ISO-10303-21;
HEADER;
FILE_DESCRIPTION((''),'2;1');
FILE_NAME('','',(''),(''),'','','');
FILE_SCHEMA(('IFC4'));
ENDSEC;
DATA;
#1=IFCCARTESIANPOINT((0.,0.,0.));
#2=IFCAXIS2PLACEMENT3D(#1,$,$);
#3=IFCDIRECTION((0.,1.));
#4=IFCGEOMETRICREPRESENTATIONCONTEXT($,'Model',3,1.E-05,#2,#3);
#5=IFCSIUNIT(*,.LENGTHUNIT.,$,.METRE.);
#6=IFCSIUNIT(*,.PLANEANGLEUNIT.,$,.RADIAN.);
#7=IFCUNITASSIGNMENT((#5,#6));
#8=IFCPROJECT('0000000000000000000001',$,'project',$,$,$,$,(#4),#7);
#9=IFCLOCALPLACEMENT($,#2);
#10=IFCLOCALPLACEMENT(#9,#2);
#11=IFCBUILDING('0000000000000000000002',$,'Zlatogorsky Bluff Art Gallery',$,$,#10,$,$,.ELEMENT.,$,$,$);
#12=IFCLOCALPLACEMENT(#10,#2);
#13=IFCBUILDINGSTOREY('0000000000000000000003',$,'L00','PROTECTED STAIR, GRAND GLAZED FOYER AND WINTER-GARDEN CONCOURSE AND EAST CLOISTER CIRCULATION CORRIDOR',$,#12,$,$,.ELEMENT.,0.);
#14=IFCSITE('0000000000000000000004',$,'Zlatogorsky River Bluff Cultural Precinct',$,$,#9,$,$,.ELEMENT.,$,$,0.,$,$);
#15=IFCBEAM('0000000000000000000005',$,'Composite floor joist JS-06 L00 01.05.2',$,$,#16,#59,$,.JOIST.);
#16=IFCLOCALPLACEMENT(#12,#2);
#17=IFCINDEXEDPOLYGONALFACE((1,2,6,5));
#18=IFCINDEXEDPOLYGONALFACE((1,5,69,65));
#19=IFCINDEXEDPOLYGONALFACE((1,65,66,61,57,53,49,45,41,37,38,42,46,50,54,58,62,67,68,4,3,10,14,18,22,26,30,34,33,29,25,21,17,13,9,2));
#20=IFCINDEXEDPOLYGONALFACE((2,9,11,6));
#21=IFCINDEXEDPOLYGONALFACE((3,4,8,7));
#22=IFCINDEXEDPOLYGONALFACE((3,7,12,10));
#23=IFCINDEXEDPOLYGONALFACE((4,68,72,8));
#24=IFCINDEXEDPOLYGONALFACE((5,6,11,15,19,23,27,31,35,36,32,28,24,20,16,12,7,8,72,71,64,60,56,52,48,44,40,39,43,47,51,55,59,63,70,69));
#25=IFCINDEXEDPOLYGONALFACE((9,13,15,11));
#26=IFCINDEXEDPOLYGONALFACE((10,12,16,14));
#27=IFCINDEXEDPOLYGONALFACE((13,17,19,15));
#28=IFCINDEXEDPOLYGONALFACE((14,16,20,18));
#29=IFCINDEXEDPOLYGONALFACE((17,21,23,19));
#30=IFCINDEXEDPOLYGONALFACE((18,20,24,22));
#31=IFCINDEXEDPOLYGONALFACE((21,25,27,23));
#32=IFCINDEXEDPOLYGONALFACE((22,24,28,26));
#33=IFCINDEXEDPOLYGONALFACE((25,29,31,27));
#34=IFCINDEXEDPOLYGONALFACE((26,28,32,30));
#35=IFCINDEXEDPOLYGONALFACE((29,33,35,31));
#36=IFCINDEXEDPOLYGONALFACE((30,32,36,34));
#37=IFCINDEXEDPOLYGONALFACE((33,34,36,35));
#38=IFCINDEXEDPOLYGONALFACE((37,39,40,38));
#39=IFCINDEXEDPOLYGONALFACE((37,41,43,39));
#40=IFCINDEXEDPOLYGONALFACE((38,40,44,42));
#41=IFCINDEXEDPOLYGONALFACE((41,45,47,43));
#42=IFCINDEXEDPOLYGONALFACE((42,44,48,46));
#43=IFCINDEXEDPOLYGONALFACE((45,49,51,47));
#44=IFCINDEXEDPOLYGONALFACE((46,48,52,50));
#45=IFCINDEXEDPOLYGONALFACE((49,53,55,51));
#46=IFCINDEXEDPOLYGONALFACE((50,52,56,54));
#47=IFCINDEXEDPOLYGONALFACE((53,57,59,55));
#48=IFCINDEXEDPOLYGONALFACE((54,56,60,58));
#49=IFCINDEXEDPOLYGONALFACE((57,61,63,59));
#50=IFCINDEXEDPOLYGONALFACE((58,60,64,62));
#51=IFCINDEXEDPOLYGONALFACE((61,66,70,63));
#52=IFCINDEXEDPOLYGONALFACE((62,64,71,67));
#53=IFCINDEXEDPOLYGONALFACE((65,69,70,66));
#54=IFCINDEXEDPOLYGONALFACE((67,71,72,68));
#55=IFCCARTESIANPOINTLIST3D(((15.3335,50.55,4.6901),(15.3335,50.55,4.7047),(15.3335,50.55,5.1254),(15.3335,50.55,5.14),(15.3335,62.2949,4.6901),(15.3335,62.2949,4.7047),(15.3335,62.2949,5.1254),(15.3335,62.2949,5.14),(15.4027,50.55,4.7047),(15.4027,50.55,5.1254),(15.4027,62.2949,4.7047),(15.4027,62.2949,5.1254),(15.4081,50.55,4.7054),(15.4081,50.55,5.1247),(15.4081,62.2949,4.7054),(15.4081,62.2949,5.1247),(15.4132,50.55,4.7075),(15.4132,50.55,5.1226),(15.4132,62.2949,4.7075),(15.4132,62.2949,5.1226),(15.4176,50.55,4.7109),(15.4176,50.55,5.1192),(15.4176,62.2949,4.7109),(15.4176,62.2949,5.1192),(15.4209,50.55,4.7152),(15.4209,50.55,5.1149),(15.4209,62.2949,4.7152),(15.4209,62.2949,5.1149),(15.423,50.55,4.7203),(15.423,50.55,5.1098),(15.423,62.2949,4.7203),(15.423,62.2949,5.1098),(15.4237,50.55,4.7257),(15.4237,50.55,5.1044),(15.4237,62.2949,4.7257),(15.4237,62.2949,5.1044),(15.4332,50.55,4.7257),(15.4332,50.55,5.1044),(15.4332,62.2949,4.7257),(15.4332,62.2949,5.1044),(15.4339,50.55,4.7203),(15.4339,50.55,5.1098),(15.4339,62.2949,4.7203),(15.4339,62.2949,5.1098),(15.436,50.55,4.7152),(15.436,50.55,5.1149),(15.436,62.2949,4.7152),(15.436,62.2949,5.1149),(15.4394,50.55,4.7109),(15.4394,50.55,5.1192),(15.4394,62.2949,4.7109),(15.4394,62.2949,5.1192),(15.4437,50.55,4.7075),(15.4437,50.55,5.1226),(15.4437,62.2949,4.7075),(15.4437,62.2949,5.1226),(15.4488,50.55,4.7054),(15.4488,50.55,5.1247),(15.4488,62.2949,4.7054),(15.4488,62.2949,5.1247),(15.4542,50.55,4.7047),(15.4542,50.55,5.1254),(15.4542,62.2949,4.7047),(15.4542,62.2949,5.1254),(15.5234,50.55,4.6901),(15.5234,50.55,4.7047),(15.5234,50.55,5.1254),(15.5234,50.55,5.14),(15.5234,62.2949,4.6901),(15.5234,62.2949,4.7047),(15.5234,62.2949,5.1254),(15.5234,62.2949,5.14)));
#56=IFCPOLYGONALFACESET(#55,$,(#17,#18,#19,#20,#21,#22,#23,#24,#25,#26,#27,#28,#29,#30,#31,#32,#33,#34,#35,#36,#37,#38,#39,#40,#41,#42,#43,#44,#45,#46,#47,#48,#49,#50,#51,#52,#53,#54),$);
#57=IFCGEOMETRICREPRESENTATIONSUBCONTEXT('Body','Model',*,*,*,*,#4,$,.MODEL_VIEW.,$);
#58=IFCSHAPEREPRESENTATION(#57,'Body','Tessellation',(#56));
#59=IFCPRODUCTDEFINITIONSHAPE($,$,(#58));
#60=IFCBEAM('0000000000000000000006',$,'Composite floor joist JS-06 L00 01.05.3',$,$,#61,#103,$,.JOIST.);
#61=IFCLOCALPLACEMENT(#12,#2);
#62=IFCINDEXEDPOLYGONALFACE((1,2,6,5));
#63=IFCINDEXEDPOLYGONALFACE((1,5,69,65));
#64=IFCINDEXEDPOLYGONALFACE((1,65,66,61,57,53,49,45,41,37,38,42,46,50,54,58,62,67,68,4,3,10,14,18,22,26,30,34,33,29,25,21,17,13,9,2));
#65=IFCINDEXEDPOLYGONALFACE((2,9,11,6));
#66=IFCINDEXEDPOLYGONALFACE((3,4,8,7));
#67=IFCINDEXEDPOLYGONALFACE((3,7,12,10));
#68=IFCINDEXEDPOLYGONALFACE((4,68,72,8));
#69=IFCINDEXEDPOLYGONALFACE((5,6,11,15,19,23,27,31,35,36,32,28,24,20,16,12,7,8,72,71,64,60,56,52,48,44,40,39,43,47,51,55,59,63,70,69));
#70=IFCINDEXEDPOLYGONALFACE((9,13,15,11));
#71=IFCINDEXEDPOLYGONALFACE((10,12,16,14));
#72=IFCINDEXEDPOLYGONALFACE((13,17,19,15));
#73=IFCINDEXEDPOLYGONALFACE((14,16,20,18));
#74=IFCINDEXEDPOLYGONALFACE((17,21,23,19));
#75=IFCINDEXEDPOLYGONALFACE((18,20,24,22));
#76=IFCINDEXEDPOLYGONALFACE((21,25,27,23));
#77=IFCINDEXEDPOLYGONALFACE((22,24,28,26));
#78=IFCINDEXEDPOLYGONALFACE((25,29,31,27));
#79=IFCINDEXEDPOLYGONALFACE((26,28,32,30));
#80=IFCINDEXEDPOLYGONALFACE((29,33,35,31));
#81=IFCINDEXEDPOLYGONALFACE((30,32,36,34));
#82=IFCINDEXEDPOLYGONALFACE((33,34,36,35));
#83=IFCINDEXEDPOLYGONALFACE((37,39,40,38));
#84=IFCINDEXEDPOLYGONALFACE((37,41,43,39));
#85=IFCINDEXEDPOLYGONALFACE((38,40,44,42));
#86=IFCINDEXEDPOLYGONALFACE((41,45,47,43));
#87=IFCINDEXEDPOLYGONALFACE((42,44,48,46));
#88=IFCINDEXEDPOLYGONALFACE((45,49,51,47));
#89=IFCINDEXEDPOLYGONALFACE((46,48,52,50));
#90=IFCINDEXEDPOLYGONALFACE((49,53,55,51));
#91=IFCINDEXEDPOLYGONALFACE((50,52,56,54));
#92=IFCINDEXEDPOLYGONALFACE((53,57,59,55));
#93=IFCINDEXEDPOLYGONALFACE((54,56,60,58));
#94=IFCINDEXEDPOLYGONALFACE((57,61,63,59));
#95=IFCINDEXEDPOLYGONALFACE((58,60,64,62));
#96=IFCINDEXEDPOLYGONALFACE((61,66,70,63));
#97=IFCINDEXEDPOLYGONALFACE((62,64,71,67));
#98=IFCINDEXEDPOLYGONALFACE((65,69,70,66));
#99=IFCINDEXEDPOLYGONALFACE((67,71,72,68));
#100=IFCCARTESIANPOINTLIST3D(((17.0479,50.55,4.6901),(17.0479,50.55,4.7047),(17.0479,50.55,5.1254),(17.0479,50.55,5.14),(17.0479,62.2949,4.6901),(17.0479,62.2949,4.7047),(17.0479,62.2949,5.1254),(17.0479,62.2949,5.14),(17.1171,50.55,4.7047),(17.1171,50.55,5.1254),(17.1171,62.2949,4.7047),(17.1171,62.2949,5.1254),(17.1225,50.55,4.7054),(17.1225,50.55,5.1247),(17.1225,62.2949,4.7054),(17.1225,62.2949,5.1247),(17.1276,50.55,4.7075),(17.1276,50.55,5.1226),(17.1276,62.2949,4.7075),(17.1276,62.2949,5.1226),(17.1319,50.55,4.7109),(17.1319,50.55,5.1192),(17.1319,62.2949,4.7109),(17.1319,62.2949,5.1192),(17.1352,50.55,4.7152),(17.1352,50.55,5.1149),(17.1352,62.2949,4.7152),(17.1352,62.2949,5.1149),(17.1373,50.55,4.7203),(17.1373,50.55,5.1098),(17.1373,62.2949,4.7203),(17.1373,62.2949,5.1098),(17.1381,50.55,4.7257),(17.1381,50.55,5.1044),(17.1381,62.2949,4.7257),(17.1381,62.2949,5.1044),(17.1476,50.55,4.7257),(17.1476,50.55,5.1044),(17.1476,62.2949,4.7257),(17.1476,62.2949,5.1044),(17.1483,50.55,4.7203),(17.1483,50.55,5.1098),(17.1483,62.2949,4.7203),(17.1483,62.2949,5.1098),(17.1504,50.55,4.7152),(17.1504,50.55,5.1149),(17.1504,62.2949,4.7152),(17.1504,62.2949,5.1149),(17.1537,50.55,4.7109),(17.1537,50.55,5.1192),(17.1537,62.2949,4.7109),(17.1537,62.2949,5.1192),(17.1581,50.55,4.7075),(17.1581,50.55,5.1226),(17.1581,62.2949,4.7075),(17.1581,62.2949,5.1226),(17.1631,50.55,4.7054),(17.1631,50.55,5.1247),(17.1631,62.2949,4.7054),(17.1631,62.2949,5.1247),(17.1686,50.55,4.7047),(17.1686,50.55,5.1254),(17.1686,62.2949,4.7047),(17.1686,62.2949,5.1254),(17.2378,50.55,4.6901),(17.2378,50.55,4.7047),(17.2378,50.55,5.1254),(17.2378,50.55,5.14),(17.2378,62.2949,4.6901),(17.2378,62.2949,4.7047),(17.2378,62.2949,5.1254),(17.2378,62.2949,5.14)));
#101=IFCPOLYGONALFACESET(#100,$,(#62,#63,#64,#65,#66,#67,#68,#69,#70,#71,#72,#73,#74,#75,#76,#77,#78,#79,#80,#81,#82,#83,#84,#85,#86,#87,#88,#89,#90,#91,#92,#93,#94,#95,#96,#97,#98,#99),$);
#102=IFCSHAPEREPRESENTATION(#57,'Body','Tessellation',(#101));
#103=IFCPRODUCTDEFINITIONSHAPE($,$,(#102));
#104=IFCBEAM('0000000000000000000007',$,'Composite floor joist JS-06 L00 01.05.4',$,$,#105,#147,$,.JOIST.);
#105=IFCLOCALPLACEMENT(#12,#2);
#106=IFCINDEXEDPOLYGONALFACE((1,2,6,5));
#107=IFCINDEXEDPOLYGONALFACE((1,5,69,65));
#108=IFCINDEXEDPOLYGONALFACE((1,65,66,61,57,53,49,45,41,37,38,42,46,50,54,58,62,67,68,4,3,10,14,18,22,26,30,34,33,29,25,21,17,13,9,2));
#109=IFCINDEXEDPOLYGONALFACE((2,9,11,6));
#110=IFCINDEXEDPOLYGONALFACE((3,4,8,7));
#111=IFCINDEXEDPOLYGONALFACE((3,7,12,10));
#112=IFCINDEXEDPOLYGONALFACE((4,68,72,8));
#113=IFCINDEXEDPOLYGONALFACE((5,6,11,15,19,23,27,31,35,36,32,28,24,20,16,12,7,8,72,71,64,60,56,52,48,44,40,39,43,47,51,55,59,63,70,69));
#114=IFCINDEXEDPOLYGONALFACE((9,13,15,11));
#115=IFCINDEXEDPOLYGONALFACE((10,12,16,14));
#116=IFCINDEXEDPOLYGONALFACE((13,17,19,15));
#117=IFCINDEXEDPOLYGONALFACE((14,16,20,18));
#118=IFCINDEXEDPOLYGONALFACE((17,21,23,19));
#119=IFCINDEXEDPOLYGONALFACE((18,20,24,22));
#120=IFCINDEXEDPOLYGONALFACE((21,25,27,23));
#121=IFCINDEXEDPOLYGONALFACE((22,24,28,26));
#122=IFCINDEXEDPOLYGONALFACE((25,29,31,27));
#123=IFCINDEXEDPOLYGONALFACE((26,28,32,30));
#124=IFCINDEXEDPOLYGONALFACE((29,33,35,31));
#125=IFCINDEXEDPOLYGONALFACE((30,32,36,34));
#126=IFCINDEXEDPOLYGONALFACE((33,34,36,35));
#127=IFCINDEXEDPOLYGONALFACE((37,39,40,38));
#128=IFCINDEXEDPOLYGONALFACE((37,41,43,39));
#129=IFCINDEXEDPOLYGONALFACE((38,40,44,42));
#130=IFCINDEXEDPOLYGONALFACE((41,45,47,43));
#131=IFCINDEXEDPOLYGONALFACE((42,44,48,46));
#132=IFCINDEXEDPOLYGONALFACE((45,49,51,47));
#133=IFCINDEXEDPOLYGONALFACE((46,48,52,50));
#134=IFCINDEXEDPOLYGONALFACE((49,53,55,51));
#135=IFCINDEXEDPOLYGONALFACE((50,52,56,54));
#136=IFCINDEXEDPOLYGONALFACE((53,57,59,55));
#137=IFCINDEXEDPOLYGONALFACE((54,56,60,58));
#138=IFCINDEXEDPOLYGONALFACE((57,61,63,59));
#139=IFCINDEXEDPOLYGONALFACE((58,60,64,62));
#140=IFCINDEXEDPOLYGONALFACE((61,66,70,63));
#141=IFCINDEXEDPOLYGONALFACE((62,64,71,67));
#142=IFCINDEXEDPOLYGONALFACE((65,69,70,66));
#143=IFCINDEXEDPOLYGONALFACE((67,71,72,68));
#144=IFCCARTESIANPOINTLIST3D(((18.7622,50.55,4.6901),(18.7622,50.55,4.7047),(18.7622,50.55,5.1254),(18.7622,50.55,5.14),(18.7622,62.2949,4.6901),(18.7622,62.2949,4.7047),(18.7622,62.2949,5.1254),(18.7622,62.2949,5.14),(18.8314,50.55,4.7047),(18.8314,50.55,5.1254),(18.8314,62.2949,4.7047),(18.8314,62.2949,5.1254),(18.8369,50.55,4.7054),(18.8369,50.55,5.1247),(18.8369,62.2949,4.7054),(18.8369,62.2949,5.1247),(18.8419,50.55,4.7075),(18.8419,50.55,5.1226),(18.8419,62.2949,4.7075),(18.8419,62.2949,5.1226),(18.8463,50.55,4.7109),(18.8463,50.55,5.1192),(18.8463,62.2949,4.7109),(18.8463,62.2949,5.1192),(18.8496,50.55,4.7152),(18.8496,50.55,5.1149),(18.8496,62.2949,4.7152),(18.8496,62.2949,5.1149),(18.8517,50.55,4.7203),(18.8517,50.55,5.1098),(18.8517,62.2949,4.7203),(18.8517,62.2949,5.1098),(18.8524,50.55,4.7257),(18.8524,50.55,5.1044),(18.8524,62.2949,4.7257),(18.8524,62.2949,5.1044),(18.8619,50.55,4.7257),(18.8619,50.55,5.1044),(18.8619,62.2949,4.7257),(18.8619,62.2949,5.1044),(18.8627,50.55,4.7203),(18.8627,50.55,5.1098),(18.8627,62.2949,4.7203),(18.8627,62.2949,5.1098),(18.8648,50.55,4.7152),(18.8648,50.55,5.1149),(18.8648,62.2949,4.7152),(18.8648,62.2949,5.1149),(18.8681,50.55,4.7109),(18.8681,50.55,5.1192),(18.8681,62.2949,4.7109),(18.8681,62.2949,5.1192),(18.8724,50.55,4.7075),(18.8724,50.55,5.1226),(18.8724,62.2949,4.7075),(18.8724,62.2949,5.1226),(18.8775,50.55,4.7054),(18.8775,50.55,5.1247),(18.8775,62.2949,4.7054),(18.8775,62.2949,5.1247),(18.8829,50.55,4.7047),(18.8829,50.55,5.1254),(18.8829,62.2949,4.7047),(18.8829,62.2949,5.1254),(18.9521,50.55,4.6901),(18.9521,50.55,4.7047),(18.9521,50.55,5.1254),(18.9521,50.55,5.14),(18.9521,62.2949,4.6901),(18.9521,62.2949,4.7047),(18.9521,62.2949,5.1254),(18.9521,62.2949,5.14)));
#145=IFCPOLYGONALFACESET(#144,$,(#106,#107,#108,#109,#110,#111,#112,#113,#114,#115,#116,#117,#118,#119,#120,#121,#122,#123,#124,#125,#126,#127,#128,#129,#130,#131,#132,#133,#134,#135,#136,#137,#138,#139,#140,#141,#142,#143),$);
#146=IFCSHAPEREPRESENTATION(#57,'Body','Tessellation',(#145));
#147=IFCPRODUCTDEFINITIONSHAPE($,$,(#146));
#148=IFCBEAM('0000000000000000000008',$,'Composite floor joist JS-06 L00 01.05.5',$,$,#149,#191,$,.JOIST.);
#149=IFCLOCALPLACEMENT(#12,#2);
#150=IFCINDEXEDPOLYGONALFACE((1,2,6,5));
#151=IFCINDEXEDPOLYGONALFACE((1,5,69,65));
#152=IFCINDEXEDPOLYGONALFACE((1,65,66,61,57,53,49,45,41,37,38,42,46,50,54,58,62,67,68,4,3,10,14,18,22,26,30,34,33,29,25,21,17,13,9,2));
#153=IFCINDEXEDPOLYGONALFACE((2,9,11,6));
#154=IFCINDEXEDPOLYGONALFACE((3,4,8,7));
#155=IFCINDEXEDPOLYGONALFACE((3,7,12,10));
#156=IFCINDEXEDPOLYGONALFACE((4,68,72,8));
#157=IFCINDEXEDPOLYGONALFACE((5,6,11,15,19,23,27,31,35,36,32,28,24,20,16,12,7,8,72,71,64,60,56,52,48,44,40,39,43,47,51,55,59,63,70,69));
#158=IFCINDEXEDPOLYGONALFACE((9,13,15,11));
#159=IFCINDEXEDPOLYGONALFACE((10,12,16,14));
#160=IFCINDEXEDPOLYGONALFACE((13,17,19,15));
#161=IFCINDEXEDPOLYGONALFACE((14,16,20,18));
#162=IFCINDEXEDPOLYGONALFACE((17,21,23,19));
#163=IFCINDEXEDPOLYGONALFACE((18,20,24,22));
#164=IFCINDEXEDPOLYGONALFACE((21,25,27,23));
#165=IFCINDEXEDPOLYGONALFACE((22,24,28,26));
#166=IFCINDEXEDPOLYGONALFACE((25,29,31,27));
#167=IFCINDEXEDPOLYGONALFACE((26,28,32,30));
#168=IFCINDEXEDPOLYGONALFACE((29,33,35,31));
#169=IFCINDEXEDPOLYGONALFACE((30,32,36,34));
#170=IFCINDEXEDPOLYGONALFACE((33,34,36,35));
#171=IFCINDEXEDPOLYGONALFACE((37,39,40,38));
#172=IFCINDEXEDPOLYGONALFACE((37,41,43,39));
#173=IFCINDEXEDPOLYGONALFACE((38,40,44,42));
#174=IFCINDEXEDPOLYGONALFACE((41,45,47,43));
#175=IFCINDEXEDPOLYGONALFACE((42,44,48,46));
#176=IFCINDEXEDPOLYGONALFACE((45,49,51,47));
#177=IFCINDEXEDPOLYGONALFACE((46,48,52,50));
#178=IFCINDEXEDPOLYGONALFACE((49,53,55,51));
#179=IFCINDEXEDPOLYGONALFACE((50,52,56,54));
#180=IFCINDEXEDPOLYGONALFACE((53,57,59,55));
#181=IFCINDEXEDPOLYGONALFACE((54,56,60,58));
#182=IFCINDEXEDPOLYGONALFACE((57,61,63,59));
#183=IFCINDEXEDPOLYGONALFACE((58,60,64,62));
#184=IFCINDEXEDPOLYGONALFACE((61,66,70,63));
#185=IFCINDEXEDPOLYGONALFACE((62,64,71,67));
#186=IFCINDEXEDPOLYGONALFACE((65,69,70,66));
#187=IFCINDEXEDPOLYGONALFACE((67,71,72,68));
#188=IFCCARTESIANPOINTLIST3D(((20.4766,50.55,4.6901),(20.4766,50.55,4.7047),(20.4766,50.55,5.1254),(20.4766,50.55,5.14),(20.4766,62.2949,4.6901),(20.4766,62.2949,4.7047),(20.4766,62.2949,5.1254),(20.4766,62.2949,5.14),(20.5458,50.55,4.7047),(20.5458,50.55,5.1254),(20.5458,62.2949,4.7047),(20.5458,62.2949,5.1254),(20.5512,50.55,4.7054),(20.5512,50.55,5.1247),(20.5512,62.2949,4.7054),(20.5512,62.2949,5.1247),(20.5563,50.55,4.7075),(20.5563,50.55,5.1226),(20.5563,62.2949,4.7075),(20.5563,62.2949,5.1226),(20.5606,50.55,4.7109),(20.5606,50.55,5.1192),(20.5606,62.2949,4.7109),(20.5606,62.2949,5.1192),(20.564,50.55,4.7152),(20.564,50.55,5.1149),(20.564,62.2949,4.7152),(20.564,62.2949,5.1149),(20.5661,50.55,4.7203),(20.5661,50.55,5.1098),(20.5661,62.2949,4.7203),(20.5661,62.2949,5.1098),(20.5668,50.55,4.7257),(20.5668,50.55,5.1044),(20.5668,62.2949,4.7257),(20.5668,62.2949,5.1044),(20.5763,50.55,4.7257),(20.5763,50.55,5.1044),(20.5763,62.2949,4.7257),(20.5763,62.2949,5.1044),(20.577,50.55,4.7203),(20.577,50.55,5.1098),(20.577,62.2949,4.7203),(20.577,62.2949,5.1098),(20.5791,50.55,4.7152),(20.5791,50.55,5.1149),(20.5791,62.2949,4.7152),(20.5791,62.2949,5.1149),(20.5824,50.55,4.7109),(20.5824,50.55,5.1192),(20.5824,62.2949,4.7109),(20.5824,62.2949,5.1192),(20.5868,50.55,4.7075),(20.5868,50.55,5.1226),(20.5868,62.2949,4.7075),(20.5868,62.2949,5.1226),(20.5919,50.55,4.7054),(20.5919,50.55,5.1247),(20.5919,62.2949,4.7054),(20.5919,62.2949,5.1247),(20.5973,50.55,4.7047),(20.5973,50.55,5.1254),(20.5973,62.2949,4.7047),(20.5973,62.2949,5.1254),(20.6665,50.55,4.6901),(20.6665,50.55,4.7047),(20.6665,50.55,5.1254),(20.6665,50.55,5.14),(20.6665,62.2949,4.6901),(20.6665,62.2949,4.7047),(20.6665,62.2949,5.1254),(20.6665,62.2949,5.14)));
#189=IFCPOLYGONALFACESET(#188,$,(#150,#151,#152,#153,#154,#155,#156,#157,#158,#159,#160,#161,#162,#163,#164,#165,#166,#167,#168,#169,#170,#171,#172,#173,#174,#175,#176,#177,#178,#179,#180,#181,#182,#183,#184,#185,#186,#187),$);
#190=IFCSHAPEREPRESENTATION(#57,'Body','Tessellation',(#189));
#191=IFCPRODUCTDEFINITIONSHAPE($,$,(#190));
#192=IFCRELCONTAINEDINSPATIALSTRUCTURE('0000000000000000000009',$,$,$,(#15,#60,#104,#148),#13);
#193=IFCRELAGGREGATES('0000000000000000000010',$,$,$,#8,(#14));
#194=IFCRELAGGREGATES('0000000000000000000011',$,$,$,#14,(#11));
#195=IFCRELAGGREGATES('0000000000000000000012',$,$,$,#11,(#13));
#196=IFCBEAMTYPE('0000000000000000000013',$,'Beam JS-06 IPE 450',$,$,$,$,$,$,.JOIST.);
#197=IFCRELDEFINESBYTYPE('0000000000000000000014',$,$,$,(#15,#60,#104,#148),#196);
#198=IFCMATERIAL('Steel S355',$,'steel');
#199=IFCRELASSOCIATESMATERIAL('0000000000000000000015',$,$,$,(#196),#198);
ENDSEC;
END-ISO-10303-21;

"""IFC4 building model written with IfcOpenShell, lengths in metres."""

from ifc_helpers import new_model, si_unit, direction, frame, origin, origin_2d, place, context, subcontext, project, spatial, i_section, extrude, material, material_profile, profile_set, type_object, element, save


model = new_model("IFC4")

# Units and contexts
model_context = context("Model", 3, precision=1e-05, world=origin(), true_north=direction((0.0, 1.0)))
body_context = subcontext(model_context, "Body", "Model", "MODEL_VIEW")
ifc_project = project(units=[si_unit("LENGTHUNIT", "METRE"), si_unit("PLANEANGLEUNIT", "RADIAN")], contexts=[model_context])

# Site, building, storey
site_placement = place(None, origin())
site = spatial("IfcSite", under=ifc_project, at=site_placement, Name="Zlatogorsky River Bluff Cultural Precinct", CompositionType="ELEMENT", RefElevation=0.0)
building_placement = place(site_placement, origin())
building = spatial("IfcBuilding", under=site, at=building_placement, Name="Zlatogorsky Bluff Art Gallery", CompositionType="ELEMENT")
storey_placement = place(building_placement, origin())
storey = spatial("IfcBuildingStorey", under=building, at=storey_placement, Name="L00", Description="PROTECTED STAIR, GRAND GLAZED FOYER AND WINTER-GARDEN CONCOURSE AND EAST CLOISTER CIRCULATION CORRIDOR", CompositionType="ELEMENT", Elevation=0.0)

# Shared definitions
ifc_material_1 = material(Name="Steel S355", Category="steel")

# Beams
ifc_material_profile_1 = material_profile(ifc_material_1, i_section(OverallWidth=0.1899, OverallDepth=0.45, WebThickness=0.0095, FlangeThickness=0.0146, FilletRadius=0.021, at=origin_2d()), Name="IPE 450")
ifc_profile_set_1 = profile_set([ifc_material_profile_1], Name="Steel S355")
beam_type_1 = type_object("IfcBeamType", Name="Beam JS-06 IPE 450", PredefinedType="JOIST", material=ifc_profile_set_1)
for number, where, z_axis, x_axis, name in (
    (1, (15.4285, 50.55, 4.915), (0.0, 1.0, 0.0), (-1.0, 0.0, 0.0), "Composite floor joist JS-06 L00 01.05.2"),
    (2, (17.1428, 50.55, 4.915), (0.0, 1.0, 0.0), (-1.0, 0.0, 0.0), "Composite floor joist JS-06 L00 01.05.3"),
    (3, (18.8572, 50.55, 4.915), (0.0, 1.0, 0.0), (-1.0, 0.0, 0.0), "Composite floor joist JS-06 L00 01.05.4"),
    (4, (20.5715, 50.55, 4.915), (0.0, 1.0, 0.0), (-1.0, 0.0, 0.0), "Composite floor joist JS-06 L00 01.05.5"),
):
    element("IfcBeam", number, at=place(storey_placement, frame(where, z_axis=z_axis, x_axis=x_axis)), inside=storey, type_object=beam_type_1, Name=name, PredefinedType="JOIST", context=body_context, shape_type="SweptSolid", body=[
        extrude(i_section(OverallWidth=0.1899, OverallDepth=0.45, WebThickness=0.0095, FlangeThickness=0.0146, FilletRadius=0.021, at=origin_2d()), origin(), (0.0, 0.0, 1.0), 11.7449),
    ])

save(model, "model.ifc")
